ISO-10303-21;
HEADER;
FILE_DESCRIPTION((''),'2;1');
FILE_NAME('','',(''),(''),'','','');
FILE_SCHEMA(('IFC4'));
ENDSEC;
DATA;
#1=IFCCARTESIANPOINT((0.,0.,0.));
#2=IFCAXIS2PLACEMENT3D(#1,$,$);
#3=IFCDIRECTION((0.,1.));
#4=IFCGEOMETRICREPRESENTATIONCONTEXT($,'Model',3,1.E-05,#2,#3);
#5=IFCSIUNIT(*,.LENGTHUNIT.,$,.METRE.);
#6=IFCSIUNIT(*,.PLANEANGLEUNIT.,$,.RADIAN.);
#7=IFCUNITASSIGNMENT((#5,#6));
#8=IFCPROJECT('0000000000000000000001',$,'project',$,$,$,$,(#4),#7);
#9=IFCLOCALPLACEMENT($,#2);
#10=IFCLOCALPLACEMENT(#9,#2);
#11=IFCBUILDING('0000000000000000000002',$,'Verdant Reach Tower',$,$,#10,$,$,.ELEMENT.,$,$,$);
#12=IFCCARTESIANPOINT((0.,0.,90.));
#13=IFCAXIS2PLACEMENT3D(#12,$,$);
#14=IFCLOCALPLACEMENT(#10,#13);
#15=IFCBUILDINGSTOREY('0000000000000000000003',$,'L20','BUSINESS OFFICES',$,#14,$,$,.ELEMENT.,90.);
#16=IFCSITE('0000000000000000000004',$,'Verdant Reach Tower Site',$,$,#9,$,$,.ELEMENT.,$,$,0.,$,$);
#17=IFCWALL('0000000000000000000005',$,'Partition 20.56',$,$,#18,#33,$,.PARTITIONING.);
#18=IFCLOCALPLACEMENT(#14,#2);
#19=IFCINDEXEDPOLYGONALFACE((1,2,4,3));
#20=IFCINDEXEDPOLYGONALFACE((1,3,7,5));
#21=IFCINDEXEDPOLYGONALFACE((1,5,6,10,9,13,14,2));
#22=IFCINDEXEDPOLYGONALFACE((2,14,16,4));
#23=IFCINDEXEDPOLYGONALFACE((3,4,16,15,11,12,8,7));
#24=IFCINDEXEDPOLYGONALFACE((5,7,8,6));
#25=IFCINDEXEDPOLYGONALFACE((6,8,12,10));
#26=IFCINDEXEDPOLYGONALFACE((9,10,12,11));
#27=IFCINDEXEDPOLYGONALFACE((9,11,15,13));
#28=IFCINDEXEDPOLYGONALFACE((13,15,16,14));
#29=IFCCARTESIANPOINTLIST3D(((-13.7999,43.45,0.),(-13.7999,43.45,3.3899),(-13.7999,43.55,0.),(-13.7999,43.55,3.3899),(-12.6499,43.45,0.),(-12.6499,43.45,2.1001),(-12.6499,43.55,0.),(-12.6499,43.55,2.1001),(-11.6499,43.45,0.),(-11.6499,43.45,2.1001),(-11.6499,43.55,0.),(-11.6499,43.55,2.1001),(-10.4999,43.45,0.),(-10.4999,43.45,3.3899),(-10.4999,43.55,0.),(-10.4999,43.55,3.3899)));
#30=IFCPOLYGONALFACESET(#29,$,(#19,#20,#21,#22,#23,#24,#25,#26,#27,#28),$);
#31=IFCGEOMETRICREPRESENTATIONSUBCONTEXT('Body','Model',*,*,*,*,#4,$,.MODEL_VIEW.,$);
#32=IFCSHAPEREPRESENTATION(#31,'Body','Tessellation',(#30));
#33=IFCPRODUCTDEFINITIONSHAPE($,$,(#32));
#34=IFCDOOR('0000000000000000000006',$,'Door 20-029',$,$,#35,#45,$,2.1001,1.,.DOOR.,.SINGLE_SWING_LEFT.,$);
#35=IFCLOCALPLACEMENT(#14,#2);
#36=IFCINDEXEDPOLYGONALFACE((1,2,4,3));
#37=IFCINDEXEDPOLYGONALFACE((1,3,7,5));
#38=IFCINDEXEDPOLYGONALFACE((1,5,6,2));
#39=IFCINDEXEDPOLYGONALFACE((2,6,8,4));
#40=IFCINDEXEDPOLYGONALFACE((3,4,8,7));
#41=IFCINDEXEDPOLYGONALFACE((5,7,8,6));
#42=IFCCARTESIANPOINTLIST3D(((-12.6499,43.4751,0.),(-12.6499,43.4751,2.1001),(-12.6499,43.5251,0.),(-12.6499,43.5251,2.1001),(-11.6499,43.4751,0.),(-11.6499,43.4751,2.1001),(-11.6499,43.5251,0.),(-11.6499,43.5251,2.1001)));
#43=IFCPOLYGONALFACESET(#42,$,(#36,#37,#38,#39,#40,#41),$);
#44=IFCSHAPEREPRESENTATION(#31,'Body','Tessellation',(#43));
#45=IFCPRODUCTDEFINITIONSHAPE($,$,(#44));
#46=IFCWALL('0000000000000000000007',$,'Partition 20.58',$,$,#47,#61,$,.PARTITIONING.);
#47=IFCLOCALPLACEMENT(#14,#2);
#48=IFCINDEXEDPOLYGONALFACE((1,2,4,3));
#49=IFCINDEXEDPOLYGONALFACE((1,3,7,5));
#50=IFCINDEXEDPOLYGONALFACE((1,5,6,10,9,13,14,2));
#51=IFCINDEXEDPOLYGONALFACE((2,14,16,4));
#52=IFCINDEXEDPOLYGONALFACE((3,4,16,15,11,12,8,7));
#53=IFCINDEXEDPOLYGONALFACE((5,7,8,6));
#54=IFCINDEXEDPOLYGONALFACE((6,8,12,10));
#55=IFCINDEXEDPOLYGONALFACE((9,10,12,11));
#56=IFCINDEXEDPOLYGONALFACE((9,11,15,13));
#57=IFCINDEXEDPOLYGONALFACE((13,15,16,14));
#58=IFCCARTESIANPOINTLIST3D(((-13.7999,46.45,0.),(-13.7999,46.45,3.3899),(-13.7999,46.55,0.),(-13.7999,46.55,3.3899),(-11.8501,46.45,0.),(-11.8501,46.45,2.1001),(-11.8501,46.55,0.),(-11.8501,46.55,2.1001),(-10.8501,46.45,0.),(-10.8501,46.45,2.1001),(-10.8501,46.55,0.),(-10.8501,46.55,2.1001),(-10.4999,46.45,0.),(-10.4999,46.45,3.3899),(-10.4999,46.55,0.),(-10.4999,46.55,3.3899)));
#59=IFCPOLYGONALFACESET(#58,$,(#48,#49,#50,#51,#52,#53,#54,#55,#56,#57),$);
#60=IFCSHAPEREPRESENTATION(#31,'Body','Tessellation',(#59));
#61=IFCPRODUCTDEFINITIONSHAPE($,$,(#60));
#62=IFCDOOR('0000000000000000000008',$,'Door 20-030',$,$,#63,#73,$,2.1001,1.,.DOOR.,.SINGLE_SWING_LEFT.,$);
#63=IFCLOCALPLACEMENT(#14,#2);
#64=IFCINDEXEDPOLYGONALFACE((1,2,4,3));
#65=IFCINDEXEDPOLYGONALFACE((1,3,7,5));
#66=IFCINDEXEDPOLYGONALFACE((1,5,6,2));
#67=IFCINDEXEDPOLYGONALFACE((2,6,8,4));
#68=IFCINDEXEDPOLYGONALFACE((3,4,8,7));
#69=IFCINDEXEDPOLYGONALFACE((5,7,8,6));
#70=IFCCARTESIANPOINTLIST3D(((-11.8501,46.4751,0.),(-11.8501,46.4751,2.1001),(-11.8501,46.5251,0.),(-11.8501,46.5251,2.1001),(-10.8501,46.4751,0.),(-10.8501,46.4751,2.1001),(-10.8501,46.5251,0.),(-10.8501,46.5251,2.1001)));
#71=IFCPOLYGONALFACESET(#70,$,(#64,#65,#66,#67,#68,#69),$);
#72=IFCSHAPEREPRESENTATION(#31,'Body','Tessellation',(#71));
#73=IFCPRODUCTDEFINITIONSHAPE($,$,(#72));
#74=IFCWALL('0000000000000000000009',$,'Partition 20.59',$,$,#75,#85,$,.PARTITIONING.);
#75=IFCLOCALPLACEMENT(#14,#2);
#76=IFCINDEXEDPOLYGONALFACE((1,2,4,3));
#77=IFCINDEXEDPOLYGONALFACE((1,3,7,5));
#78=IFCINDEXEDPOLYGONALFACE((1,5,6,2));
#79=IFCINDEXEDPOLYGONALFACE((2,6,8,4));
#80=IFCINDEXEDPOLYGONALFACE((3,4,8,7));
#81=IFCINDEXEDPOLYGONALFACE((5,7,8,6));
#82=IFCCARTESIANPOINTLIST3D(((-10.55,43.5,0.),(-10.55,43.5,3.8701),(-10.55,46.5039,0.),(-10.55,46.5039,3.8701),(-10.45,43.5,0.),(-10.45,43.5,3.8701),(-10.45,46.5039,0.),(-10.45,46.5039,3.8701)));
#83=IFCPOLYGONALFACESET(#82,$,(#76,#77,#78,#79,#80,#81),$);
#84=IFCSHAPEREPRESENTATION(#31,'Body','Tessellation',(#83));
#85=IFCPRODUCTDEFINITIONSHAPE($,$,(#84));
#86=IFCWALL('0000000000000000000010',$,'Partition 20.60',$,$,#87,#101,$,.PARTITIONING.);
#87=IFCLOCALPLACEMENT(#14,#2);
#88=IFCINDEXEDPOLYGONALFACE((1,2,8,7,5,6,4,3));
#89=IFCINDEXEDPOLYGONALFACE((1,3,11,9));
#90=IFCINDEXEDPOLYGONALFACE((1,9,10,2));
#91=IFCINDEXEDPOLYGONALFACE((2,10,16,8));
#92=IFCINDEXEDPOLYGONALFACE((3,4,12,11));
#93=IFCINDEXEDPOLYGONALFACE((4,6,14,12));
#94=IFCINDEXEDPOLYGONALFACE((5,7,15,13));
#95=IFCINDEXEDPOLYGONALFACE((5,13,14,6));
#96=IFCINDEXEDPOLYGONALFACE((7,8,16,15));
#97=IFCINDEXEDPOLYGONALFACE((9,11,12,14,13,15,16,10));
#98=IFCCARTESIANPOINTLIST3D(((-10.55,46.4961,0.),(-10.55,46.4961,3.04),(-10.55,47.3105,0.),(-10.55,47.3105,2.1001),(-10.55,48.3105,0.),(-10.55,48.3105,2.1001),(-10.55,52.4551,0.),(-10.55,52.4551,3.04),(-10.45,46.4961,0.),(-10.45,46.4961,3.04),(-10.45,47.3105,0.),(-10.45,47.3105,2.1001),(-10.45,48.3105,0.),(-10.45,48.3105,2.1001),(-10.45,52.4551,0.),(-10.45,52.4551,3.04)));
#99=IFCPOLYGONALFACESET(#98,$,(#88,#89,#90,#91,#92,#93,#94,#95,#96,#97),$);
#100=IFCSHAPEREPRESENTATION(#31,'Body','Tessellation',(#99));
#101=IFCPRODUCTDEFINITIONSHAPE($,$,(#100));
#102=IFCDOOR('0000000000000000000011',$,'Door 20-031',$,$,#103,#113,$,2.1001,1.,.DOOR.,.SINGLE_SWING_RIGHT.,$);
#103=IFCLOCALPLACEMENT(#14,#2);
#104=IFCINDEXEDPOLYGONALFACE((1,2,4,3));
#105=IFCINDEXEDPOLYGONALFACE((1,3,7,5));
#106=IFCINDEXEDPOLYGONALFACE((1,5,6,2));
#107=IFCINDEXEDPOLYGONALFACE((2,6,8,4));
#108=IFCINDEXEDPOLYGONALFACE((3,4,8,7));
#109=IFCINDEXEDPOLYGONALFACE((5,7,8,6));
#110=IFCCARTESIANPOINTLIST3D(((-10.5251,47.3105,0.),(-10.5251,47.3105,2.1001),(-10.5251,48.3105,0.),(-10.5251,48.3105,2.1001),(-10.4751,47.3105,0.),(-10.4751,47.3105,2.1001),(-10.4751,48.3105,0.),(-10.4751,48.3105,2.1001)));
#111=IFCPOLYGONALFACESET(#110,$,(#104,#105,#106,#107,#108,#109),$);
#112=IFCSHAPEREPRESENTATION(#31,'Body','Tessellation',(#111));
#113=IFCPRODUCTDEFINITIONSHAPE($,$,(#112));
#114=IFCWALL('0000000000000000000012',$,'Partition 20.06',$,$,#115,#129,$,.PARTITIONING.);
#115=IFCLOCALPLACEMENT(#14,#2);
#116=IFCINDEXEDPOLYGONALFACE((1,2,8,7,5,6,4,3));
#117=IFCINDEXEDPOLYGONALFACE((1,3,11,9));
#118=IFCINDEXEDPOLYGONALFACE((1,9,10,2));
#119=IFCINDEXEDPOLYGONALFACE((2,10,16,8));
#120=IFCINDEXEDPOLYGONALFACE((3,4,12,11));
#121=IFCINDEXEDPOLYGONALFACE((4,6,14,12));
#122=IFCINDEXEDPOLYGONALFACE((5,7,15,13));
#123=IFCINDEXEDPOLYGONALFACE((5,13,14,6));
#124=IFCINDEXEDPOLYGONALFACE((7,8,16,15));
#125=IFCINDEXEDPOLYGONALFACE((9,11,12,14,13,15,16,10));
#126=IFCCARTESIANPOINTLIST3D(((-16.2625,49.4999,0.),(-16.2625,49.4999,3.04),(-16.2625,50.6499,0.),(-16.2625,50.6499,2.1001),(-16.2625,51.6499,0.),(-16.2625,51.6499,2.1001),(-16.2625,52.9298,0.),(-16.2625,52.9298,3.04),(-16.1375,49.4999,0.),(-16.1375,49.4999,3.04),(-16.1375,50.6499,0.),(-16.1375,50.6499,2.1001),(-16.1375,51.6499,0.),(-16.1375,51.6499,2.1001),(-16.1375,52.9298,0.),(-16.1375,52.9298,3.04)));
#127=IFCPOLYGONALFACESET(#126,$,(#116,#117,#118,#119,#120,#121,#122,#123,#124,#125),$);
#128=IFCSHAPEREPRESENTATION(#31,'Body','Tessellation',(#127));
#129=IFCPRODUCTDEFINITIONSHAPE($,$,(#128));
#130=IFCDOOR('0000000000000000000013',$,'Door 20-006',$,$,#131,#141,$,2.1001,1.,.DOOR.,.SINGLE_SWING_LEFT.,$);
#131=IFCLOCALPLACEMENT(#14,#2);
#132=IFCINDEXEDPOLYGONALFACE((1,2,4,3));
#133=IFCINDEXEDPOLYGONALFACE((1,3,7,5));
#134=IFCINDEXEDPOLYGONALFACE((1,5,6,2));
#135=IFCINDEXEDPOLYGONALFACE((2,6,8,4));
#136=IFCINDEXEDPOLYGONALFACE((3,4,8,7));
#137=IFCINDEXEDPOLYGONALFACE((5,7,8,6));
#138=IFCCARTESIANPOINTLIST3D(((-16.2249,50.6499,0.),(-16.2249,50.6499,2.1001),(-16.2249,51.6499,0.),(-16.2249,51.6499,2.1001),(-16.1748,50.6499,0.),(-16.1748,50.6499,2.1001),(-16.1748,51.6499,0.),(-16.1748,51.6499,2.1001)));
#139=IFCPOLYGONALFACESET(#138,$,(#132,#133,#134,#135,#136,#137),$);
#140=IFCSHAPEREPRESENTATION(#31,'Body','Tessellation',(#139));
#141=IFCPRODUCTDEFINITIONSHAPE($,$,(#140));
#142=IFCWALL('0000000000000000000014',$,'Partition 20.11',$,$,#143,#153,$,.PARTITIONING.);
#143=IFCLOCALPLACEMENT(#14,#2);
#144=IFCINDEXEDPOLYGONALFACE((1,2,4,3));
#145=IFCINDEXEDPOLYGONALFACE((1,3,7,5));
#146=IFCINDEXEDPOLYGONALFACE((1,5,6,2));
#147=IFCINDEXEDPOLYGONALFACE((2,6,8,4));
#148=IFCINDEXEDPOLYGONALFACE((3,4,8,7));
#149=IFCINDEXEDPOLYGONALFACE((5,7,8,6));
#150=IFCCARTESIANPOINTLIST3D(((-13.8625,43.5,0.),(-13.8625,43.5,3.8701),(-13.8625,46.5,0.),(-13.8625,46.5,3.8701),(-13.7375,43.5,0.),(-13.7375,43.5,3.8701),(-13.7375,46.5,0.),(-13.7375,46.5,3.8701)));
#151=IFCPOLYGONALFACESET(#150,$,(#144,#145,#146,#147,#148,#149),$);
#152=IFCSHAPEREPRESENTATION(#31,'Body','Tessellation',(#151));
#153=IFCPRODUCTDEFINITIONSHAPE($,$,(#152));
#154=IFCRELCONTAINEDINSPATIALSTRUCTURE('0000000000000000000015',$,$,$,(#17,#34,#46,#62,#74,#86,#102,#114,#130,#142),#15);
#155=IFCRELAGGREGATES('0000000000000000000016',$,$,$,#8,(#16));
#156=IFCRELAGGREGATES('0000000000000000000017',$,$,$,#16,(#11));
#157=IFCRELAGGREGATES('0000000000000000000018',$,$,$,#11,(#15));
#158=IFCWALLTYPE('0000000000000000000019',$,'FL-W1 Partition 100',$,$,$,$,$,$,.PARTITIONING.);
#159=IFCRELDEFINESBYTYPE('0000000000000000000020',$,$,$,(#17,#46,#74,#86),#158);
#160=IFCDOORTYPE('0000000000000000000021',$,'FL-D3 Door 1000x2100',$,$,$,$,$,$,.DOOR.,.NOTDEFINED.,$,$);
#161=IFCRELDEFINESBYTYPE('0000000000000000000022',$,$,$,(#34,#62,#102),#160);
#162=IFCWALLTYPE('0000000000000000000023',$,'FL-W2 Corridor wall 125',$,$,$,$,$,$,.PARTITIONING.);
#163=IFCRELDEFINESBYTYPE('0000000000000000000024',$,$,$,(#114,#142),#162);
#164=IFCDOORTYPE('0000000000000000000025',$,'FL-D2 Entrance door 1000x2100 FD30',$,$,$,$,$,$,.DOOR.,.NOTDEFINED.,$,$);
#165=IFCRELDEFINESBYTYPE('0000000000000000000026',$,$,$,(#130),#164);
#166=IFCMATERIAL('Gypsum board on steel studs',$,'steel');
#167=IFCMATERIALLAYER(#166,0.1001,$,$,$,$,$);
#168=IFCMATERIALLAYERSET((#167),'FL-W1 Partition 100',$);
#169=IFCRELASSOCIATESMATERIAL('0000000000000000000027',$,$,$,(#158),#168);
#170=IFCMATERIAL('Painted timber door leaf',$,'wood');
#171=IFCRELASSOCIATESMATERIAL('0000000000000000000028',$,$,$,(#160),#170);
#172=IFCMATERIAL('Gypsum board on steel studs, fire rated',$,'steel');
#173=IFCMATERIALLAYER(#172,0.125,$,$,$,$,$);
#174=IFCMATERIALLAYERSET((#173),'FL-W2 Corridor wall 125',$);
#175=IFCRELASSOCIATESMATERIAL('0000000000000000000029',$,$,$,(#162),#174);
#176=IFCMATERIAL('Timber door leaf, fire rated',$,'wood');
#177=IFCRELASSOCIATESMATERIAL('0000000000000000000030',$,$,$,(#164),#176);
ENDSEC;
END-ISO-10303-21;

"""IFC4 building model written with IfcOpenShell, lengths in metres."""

from ifc_helpers import new_model, si_unit, direction, frame, frame_2d, origin, place, context, subcontext, project, spatial, rectangle, extrude, material, layer, layer_set, type_object, element, fill, save


model = new_model("IFC4")

# Units and contexts
model_context = context("Model", 3, precision=1e-05, world=origin(), true_north=direction((0.0, 1.0)))
body_context = subcontext(model_context, "Body", "Model", "MODEL_VIEW")
ifc_project = project(units=[si_unit("LENGTHUNIT", "METRE"), si_unit("PLANEANGLEUNIT", "RADIAN")], contexts=[model_context])

# Site, building, storey
site_placement = place(None, origin())
site = spatial("IfcSite", under=ifc_project, at=site_placement, Name="Verdant Reach Tower Site", CompositionType="ELEMENT", RefElevation=0.0)
building_placement = place(site_placement, origin())
building = spatial("IfcBuilding", under=site, at=building_placement, Name="Verdant Reach Tower", CompositionType="ELEMENT")
storey_placement = place(building_placement, frame((0.0, 0.0, 90.0)))
storey = spatial("IfcBuildingStorey", under=building, at=storey_placement, Name="L20", Description="BUSINESS OFFICES", CompositionType="ELEMENT", Elevation=90.0)

# Shared definitions
ifc_material_1 = material(Name="Gypsum board on steel studs", Category="steel")
ifc_layer_1 = layer(ifc_material_1, 0.1001)
ifc_layer_set_1 = layer_set([ifc_layer_1], Name="FL-W1 Partition 100")
wall_type_1 = type_object("IfcWallType", Name="FL-W1 Partition 100", PredefinedType="PARTITIONING", material=ifc_layer_set_1)

# Walls, openings, doors
wall_1_placement = place(storey_placement, frame((-10.5, 43.5, 0.0), z_axis=(0.0, 0.0, 1.0), x_axis=(-1.0, 0.0, 0.0)))
wall_1 = element("IfcWall", 1, at=wall_1_placement, inside=storey, type_object=wall_type_1, Name="Partition 20.56", PredefinedType="PARTITIONING", context=body_context, shape_type="SweptSolid", body=[
    extrude(rectangle(XDim=3.3, YDim=0.1001, at=frame_2d((1.6499, 0.0))), origin(), (0.0, 0.0, 1.0), 3.3899),
])
opening_1_placement = place(wall_1_placement, frame((1.1499, 0.0, 0.0)))
opening_1 = element("IfcOpeningElement", 2, at=opening_1_placement, cuts=wall_1, PredefinedType="OPENING", context=body_context, shape_type="SweptSolid", body=[
    extrude(rectangle(XDim=1.0, YDim=2.1001, at=frame_2d((0.5, 1.05))), frame((0.0, 0.0601, 0.0), z_axis=(0.0, -1.0, 0.0), x_axis=(1.0, 0.0, 0.0)), (0.0, 0.0, 1.0), 0.1201),
])
ifc_material_2 = material(Name="Painted timber door leaf", Category="wood")
door_type_1 = type_object("IfcDoorType", Name="FL-D3 Door 1000x2100", OperationType="NOTDEFINED", PredefinedType="DOOR", material=ifc_material_2)
door_1_placement = place(opening_1_placement, origin())
door_1 = element("IfcDoor", 3, at=door_1_placement, inside=storey, type_object=door_type_1, Name="Door 20-029", OperationType="SINGLE_SWING_LEFT", OverallHeight=2.1001, OverallWidth=1.0, PredefinedType="DOOR", context=body_context, shape_type="SweptSolid", body=[
    extrude(rectangle(XDim=1.0, YDim=2.1001, at=frame_2d((0.5, 1.05))), frame((0.0, 0.0249, 0.0), z_axis=(0.0, -1.0, 0.0), x_axis=(1.0, 0.0, 0.0)), (0.0, 0.0, 1.0), 0.05),
])
fill(opening_1, door_1)
wall_2_placement = place(storey_placement, frame((-10.5, 46.5, 0.0), z_axis=(0.0, 0.0, 1.0), x_axis=(-1.0, 0.0, 0.0)))
wall_2 = element("IfcWall", 4, at=wall_2_placement, inside=storey, type_object=wall_type_1, Name="Partition 20.58", PredefinedType="PARTITIONING", context=body_context, shape_type="SweptSolid", body=[
    extrude(rectangle(XDim=3.3, YDim=0.1001, at=frame_2d((1.6499, 0.0))), origin(), (0.0, 0.0, 1.0), 3.3899),
])
opening_2_placement = place(wall_2_placement, frame((0.3501, 0.0, 0.0)))
opening_2 = element("IfcOpeningElement", 5, at=opening_2_placement, cuts=wall_2, PredefinedType="OPENING", context=body_context, shape_type="SweptSolid", body=[
    extrude(rectangle(XDim=1.0, YDim=2.1001, at=frame_2d((0.5, 1.05))), frame((0.0, 0.0601, 0.0), z_axis=(0.0, -1.0, 0.0), x_axis=(1.0, 0.0, 0.0)), (0.0, 0.0, 1.0), 0.1201),
])
door_2_placement = place(opening_2_placement, origin())
door_2 = element("IfcDoor", 6, at=door_2_placement, inside=storey, type_object=door_type_1, Name="Door 20-030", OperationType="SINGLE_SWING_LEFT", OverallHeight=2.1001, OverallWidth=1.0, PredefinedType="DOOR", context=body_context, shape_type="SweptSolid", body=[
    extrude(rectangle(XDim=1.0, YDim=2.1001, at=frame_2d((0.5, 1.05))), frame((0.0, 0.0249, 0.0), z_axis=(0.0, -1.0, 0.0), x_axis=(1.0, 0.0, 0.0)), (0.0, 0.0, 1.0), 0.05),
])
fill(opening_2, door_2)

# Wall
wall_3_placement = place(storey_placement, frame((-10.5, 43.5, 0.0), z_axis=(0.0, 0.0, 1.0), x_axis=(0.0, 1.0, 0.0)))
element("IfcWall", 7, at=wall_3_placement, inside=storey, type_object=wall_type_1, Name="Partition 20.59", PredefinedType="PARTITIONING", context=body_context, shape_type="SweptSolid", body=[
    extrude(rectangle(XDim=3.0039, YDim=0.1001, at=frame_2d((1.502, 0.0))), origin(), (0.0, 0.0, 1.0), 3.8701),
])

# Walls, openings, doors
wall_4_placement = place(storey_placement, frame((-10.5, 52.4551, 0.0), z_axis=(0.0, 0.0, 1.0), x_axis=(0.0, -1.0, 0.0)))
wall_4 = element("IfcWall", 8, at=wall_4_placement, inside=storey, type_object=wall_type_1, Name="Partition 20.60", PredefinedType="PARTITIONING", context=body_context, shape_type="SweptSolid", body=[
    extrude(rectangle(XDim=5.959, YDim=0.1001, at=frame_2d((2.9795, 0.0))), origin(), (0.0, 0.0, 1.0), 3.04),
])
opening_3_placement = place(wall_4_placement, frame((4.1445, 0.0, 0.0)))
opening_3 = element("IfcOpeningElement", 9, at=opening_3_placement, cuts=wall_4, PredefinedType="OPENING", context=body_context, shape_type="SweptSolid", body=[
    extrude(rectangle(XDim=1.0, YDim=2.1001, at=frame_2d((0.5, 1.05))), frame((0.0, 0.0601, 0.0), z_axis=(0.0, -1.0, 0.0), x_axis=(1.0, 0.0, 0.0)), (0.0, 0.0, 1.0), 0.1201),
])
door_3_placement = place(opening_3_placement, origin())
door_3 = element("IfcDoor", 10, at=door_3_placement, inside=storey, type_object=door_type_1, Name="Door 20-031", OperationType="SINGLE_SWING_RIGHT", OverallHeight=2.1001, OverallWidth=1.0, PredefinedType="DOOR", context=body_context, shape_type="SweptSolid", body=[
    extrude(rectangle(XDim=1.0, YDim=2.1001, at=frame_2d((0.5, 1.05))), frame((0.0, 0.0249, 0.0), z_axis=(0.0, -1.0, 0.0), x_axis=(1.0, 0.0, 0.0)), (0.0, 0.0, 1.0), 0.05),
])
fill(opening_3, door_3)
ifc_material_3 = material(Name="Gypsum board on steel studs, fire rated", Category="steel")
ifc_layer_2 = layer(ifc_material_3, 0.125)
ifc_layer_set_2 = layer_set([ifc_layer_2], Name="FL-W2 Corridor wall 125")
wall_type_2 = type_object("IfcWallType", Name="FL-W2 Corridor wall 125", PredefinedType="PARTITIONING", material=ifc_layer_set_2)
wall_5_placement = place(storey_placement, frame((-16.2, 49.5, 0.0), z_axis=(0.0, 0.0, 1.0), x_axis=(0.0, 1.0, 0.0)))
wall_5 = element("IfcWall", 11, at=wall_5_placement, inside=storey, type_object=wall_type_2, Name="Partition 20.06", PredefinedType="PARTITIONING", context=body_context, shape_type="SweptSolid", body=[
    extrude(rectangle(XDim=3.4299, YDim=0.125, at=frame_2d((1.7148, 0.0))), origin(), (0.0, 0.0, 1.0), 3.04),
])
opening_4_placement = place(wall_5_placement, frame((1.1499, 0.0, 0.0)))
opening_4 = element("IfcOpeningElement", 12, at=opening_4_placement, cuts=wall_5, PredefinedType="OPENING", context=body_context, shape_type="SweptSolid", body=[
    extrude(rectangle(XDim=1.0, YDim=2.1001, at=frame_2d((0.5, 1.05))), frame((0.0, 0.0725, 0.0), z_axis=(0.0, -1.0, 0.0), x_axis=(1.0, 0.0, 0.0)), (0.0, 0.0, 1.0), 0.145),
])
ifc_material_4 = material(Name="Timber door leaf, fire rated", Category="wood")
door_type_2 = type_object("IfcDoorType", Name="FL-D2 Entrance door 1000x2100 FD30", OperationType="NOTDEFINED", PredefinedType="DOOR", material=ifc_material_4)
door_4_placement = place(opening_4_placement, origin())
door_4 = element("IfcDoor", 13, at=door_4_placement, inside=storey, type_object=door_type_2, Name="Door 20-006", OperationType="SINGLE_SWING_LEFT", OverallHeight=2.1001, OverallWidth=1.0, PredefinedType="DOOR", context=body_context, shape_type="SweptSolid", body=[
    extrude(rectangle(XDim=1.0, YDim=2.1001, at=frame_2d((0.5, 1.05))), frame((0.0, 0.0249, 0.0), z_axis=(0.0, -1.0, 0.0), x_axis=(1.0, 0.0, 0.0)), (0.0, 0.0, 1.0), 0.05),
])
fill(opening_4, door_4)

# Wall
wall_6_placement = place(storey_placement, frame((-13.8, 43.5, 0.0), z_axis=(0.0, 0.0, 1.0), x_axis=(0.0, 1.0, 0.0)))
element("IfcWall", 14, at=wall_6_placement, inside=storey, type_object=wall_type_2, Name="Partition 20.11", PredefinedType="PARTITIONING", context=body_context, shape_type="SweptSolid", body=[
    extrude(rectangle(XDim=3.0, YDim=0.125, at=frame_2d((1.5, 0.0))), origin(), (0.0, 0.0, 1.0), 3.8701),
])

save(model, "model.ifc")
